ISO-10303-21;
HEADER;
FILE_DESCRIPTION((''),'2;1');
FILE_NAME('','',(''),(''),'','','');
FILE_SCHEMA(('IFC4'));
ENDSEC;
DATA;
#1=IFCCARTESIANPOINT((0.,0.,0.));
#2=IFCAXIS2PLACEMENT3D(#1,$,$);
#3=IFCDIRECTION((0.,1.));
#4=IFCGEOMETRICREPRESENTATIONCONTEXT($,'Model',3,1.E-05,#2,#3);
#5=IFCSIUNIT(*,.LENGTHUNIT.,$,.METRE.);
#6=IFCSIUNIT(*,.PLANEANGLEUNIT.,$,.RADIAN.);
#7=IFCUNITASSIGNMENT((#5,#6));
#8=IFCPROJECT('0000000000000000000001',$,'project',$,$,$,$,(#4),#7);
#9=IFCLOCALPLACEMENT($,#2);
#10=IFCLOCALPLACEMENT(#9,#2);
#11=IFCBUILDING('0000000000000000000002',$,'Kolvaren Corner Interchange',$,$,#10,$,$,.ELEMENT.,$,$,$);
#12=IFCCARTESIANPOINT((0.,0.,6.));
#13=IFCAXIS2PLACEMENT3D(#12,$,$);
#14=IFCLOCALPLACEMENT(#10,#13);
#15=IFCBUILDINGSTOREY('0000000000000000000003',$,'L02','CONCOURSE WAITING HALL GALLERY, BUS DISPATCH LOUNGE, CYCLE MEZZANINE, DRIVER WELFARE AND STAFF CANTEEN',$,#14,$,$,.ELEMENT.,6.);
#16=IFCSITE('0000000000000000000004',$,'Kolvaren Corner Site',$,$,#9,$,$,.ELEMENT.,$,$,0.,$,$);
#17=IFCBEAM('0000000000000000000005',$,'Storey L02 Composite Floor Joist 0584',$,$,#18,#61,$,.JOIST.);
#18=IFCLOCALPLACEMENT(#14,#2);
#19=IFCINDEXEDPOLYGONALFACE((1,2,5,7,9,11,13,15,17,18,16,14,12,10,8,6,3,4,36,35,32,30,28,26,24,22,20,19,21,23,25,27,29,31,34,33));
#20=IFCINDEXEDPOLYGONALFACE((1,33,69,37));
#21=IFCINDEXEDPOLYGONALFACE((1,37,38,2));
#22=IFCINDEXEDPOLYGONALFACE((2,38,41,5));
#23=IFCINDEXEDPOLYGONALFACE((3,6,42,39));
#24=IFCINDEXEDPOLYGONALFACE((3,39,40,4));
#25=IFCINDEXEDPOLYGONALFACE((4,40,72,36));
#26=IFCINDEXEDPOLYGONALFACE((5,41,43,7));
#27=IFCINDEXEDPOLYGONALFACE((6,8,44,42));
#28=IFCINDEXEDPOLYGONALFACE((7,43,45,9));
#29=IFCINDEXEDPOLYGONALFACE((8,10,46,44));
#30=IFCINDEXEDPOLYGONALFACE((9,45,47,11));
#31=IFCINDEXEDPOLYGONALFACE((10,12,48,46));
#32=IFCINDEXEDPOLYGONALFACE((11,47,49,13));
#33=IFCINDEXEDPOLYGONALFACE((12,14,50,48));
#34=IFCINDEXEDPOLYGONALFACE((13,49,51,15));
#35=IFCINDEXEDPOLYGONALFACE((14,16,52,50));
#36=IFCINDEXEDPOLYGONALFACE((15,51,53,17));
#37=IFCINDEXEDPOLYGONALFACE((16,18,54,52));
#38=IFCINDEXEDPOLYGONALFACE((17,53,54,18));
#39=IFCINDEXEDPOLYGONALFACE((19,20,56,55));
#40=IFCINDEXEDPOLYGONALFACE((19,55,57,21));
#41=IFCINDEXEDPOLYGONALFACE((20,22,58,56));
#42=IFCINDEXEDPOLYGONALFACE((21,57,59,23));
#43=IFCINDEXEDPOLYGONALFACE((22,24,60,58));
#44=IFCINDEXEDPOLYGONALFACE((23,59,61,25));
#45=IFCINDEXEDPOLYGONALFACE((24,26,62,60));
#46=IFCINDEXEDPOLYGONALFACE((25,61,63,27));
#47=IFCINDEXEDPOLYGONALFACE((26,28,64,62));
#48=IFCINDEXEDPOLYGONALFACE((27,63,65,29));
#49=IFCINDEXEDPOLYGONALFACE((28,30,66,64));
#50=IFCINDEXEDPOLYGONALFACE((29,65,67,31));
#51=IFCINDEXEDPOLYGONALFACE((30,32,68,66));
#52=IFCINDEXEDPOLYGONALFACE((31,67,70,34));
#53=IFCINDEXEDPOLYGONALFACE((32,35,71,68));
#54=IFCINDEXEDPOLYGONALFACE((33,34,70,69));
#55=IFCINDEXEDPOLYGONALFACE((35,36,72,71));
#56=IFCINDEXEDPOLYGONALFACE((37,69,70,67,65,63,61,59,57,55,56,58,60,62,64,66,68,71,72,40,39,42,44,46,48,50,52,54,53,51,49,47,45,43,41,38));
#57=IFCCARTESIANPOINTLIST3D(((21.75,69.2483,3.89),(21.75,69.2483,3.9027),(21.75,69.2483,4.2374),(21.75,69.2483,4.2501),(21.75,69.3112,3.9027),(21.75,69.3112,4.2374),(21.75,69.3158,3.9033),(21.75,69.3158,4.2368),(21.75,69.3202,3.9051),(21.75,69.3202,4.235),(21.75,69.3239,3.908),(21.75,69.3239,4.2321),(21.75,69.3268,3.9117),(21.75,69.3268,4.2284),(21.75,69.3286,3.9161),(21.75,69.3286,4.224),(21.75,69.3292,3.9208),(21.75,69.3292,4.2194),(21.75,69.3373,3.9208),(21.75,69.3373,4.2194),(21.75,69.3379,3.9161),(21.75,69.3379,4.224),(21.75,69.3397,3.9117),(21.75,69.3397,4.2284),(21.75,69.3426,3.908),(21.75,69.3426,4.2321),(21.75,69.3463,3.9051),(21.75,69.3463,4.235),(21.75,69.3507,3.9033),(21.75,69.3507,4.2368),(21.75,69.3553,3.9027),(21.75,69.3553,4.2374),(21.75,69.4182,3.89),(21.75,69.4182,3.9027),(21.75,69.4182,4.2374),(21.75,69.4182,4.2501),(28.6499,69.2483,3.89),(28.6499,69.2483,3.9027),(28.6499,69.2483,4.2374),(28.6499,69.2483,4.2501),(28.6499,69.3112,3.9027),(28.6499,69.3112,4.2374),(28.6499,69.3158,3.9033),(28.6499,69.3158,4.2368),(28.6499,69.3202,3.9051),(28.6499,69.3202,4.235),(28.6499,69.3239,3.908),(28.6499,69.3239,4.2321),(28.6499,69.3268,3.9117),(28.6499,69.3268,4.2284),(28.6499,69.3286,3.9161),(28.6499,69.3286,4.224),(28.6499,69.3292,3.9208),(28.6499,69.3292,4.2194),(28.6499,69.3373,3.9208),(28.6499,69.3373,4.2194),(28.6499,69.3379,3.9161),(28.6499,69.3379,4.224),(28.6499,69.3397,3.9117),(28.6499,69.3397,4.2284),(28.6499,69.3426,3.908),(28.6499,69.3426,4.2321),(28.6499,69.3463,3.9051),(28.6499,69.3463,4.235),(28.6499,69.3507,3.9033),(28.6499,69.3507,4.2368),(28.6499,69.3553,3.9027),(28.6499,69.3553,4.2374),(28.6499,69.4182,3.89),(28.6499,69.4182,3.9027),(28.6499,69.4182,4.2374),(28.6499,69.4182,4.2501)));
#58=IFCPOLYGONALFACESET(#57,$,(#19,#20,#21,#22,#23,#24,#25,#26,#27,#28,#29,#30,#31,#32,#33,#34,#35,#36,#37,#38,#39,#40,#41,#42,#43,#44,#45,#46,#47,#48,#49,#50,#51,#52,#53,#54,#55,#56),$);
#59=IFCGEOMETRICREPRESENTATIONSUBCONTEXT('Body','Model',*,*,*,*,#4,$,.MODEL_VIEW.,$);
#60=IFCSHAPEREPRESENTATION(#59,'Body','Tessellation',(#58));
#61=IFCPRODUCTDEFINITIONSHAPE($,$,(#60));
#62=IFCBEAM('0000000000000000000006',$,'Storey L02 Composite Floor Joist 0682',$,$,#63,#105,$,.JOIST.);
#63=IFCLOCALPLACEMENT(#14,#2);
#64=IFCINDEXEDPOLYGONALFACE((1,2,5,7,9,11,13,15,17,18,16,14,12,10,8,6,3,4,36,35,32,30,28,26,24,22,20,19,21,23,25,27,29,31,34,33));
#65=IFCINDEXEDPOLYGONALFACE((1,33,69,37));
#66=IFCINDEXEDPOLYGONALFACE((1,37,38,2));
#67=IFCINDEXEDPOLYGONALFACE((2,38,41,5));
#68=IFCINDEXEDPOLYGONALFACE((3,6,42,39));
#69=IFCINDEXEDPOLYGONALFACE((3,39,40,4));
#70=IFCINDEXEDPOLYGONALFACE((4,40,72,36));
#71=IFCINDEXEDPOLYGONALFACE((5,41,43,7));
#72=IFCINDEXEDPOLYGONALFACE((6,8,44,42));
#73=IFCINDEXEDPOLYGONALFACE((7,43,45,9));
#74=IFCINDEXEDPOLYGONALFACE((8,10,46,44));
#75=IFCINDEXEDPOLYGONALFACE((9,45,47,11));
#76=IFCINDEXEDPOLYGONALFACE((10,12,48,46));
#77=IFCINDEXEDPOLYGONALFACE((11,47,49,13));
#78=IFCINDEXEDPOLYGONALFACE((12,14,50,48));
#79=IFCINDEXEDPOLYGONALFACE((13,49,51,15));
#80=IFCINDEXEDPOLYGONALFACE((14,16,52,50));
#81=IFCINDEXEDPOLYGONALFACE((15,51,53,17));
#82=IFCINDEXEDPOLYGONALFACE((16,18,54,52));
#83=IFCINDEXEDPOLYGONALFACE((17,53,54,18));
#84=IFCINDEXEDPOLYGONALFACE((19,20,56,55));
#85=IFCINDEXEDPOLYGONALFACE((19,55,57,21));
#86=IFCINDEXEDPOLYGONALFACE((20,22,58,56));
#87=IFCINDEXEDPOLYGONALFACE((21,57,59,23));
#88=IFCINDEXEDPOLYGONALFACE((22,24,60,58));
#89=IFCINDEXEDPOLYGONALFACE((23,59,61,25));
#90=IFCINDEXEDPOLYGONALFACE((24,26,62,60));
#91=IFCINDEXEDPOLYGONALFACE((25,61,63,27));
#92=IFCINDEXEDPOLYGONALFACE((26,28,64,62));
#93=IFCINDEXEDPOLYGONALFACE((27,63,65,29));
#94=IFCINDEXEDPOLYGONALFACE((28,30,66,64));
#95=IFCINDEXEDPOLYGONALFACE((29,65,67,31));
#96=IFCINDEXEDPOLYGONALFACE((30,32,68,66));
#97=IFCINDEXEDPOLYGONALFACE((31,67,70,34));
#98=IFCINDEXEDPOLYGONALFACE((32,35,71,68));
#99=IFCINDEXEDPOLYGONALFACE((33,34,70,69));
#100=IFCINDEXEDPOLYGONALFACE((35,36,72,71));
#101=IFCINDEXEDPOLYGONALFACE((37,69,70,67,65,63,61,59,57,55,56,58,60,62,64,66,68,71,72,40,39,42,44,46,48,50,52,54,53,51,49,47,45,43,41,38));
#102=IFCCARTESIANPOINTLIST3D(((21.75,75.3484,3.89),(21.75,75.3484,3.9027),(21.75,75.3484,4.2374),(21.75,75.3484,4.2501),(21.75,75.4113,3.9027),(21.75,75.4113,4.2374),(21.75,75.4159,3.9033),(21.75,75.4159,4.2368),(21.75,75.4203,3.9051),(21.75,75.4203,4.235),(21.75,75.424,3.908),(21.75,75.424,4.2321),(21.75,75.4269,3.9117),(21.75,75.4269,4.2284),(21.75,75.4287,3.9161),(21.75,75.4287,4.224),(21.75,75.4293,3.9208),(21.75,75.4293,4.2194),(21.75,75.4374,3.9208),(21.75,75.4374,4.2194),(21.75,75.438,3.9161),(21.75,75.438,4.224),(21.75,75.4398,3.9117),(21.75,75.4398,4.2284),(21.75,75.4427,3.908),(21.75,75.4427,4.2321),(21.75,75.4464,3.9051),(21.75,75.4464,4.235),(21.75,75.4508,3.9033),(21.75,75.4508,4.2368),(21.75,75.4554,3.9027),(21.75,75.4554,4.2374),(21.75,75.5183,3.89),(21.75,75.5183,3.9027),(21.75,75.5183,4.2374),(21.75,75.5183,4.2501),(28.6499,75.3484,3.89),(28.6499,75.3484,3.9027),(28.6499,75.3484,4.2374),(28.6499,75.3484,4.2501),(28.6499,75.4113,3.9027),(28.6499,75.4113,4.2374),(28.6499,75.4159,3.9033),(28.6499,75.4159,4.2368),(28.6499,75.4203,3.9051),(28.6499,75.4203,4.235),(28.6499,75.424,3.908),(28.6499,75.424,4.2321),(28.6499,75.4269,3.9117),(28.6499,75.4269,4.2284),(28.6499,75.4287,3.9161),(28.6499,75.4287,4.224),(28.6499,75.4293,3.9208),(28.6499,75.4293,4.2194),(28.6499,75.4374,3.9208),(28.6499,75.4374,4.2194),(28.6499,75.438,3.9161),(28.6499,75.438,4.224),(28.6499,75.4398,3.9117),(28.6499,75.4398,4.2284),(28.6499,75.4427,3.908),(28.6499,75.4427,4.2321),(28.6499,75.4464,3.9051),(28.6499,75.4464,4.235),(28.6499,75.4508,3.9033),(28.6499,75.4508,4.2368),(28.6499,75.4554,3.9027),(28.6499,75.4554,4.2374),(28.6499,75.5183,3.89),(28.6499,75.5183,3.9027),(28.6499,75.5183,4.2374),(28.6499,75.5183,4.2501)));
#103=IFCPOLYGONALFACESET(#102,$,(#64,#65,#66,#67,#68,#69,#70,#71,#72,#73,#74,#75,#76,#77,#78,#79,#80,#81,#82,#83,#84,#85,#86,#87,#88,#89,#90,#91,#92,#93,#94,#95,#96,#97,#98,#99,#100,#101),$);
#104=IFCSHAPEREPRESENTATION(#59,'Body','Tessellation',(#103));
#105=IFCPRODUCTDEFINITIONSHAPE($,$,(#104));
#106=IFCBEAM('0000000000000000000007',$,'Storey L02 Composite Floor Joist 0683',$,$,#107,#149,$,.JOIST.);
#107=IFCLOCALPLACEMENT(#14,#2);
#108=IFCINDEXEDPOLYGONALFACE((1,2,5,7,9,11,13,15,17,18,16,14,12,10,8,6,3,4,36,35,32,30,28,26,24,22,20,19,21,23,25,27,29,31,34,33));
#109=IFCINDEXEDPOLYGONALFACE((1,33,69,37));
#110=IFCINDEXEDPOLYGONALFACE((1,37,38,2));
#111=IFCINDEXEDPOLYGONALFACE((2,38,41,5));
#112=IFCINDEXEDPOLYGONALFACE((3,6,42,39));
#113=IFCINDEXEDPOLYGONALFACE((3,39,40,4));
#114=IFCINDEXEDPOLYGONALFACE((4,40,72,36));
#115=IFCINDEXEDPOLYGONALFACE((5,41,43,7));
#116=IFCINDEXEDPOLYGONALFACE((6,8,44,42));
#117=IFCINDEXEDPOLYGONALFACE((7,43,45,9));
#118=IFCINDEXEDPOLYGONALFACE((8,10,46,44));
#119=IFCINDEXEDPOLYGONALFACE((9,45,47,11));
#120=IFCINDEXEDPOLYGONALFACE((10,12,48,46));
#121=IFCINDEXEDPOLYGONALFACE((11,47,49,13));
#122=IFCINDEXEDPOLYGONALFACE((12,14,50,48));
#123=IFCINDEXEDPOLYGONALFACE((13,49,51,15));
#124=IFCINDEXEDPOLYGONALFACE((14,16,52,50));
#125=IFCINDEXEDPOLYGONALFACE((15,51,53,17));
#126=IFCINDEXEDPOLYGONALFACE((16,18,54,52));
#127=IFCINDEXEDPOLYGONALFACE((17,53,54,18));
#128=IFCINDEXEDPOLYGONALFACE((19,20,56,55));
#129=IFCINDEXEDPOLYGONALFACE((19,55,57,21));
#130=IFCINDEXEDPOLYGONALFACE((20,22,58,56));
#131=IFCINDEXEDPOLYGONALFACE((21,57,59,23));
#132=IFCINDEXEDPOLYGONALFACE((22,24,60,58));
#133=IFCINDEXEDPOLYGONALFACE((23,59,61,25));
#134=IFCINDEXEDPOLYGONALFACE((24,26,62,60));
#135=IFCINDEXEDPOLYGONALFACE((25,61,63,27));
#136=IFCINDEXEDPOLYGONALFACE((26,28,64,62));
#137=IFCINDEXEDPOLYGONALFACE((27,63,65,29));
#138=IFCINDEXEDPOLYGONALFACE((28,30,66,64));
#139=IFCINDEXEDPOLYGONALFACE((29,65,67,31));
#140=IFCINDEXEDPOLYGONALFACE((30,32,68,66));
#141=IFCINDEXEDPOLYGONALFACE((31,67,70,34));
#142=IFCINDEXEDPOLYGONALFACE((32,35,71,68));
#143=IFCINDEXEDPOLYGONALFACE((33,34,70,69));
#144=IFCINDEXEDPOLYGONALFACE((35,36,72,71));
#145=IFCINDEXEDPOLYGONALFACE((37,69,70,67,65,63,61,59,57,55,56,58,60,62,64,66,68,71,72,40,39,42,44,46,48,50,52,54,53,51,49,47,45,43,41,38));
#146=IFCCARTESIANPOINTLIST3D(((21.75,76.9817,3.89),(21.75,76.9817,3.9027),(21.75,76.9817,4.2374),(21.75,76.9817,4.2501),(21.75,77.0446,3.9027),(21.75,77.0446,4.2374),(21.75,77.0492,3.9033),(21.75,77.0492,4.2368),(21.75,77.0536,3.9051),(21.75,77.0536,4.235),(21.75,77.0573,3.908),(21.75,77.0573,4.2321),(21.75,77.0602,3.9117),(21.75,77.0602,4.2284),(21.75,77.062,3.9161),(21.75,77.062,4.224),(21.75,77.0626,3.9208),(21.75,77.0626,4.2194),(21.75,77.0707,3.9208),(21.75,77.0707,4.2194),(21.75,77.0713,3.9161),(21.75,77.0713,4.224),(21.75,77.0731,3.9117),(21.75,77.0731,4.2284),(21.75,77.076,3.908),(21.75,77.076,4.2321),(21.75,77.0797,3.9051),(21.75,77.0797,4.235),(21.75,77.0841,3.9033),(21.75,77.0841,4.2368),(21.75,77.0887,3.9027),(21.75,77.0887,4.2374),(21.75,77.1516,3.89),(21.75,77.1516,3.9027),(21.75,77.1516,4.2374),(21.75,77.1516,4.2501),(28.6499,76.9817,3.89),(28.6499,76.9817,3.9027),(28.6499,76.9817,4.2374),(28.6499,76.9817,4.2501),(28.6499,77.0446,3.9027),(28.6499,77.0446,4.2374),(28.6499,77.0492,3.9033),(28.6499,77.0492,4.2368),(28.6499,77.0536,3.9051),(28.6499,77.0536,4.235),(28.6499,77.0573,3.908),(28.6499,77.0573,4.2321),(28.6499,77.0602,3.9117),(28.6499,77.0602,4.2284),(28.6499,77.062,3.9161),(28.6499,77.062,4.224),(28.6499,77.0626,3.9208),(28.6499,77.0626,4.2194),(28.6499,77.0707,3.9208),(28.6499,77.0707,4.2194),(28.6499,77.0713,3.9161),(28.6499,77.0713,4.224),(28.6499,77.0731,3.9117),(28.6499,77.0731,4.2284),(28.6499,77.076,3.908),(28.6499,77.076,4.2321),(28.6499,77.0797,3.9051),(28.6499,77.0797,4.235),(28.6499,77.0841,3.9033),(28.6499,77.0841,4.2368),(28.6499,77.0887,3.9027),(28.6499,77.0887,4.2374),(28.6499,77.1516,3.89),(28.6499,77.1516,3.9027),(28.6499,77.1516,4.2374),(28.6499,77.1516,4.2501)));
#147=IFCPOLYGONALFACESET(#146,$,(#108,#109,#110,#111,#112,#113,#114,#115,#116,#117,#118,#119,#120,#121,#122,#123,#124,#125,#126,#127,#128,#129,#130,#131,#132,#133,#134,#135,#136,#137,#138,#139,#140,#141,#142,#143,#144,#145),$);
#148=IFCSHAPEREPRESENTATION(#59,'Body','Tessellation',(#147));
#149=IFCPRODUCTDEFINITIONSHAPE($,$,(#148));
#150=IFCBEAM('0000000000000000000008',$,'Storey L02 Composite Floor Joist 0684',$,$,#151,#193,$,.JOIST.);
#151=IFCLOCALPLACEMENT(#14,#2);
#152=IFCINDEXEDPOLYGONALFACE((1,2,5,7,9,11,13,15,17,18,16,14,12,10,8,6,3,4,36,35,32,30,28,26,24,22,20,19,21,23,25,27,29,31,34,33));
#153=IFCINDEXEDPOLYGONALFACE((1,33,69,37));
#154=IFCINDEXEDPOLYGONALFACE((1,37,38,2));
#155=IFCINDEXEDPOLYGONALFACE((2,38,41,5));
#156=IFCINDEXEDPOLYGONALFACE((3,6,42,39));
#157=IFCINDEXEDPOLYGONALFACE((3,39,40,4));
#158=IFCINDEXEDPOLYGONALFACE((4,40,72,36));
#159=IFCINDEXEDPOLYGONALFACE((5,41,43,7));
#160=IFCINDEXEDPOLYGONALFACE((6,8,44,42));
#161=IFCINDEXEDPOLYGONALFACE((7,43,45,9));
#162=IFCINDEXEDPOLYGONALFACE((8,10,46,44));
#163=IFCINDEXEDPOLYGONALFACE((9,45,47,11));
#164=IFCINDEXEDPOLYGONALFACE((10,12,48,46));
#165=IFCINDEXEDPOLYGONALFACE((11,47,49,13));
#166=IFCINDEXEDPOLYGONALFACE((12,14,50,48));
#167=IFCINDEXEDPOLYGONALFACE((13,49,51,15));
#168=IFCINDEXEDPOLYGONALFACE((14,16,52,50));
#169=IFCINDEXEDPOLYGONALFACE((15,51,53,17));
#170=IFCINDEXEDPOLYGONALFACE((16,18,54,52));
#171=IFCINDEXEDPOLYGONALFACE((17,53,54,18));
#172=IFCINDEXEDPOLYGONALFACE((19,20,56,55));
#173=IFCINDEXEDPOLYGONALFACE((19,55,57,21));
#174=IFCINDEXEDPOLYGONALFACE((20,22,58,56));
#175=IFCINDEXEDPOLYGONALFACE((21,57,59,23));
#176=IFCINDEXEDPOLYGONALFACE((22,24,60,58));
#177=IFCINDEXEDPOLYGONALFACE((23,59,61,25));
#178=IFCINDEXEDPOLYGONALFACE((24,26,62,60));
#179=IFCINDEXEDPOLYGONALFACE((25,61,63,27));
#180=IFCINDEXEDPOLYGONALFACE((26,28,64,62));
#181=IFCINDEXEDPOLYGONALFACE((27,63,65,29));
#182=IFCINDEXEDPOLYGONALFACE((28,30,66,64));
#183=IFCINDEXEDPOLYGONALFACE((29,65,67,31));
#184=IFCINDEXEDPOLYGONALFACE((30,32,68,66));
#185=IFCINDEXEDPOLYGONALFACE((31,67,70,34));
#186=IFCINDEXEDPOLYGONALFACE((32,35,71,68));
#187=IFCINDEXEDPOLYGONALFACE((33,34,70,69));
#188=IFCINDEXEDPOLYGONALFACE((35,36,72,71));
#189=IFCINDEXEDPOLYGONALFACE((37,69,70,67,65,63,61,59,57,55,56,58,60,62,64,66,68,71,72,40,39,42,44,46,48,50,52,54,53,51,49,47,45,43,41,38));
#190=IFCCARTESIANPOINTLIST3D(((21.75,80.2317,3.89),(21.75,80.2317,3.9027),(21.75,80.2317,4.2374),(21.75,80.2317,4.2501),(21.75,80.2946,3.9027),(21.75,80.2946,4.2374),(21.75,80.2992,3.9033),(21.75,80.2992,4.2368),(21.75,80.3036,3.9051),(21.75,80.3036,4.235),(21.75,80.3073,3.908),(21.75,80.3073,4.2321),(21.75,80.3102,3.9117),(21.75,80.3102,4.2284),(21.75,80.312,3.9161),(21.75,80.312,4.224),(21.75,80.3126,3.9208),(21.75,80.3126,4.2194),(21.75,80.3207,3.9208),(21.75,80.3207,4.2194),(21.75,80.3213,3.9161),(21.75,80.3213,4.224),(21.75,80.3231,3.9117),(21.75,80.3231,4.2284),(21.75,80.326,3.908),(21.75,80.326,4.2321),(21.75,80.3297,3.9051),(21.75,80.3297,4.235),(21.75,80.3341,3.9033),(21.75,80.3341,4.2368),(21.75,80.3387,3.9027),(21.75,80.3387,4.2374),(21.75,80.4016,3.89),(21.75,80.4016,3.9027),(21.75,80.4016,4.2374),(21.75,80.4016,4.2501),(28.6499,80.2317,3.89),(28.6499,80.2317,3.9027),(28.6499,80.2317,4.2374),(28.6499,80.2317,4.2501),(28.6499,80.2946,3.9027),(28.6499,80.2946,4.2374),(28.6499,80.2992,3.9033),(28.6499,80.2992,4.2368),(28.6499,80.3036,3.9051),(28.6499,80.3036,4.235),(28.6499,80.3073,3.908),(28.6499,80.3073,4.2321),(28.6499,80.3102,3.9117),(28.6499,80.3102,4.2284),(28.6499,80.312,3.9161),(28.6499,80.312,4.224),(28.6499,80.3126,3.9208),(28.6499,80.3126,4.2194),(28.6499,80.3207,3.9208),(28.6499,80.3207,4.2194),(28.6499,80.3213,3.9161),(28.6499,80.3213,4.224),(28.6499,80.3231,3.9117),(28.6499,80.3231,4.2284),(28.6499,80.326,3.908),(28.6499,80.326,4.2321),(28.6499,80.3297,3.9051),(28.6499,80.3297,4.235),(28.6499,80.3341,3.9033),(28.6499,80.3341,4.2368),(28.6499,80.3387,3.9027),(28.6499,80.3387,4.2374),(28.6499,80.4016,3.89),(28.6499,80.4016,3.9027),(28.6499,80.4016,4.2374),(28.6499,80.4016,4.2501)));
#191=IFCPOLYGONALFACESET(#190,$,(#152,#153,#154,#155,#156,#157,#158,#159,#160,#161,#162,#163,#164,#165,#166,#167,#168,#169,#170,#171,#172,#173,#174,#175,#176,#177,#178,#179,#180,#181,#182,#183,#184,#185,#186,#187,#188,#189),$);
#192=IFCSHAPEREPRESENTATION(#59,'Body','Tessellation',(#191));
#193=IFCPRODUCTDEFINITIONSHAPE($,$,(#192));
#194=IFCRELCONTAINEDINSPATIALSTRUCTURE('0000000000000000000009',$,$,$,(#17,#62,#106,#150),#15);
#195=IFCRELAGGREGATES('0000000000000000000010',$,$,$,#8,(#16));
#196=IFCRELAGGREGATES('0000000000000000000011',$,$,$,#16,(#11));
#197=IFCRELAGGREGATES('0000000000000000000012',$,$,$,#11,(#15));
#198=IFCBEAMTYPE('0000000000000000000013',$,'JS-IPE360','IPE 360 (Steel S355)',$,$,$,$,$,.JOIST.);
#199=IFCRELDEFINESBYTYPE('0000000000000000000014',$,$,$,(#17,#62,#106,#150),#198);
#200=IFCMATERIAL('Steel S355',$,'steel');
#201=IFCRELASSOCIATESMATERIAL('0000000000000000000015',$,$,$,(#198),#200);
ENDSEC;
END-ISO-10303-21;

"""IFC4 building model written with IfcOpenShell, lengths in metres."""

from ifc_helpers import new_model, si_unit, direction, frame, origin, origin_2d, place, context, subcontext, project, spatial, i_section, extrude, material, material_profile, profile_set, type_object, element, save


model = new_model("IFC4")

# Units and contexts
model_context = context("Model", 3, precision=1e-05, world=origin(), true_north=direction((0.0, 1.0)))
body_context = subcontext(model_context, "Body", "Model", "MODEL_VIEW")
ifc_project = project(units=[si_unit("LENGTHUNIT", "METRE"), si_unit("PLANEANGLEUNIT", "RADIAN")], contexts=[model_context])

# Site, building, storey
site_placement = place(None, origin())
site = spatial("IfcSite", under=ifc_project, at=site_placement, Name="Kolvaren Corner Site", CompositionType="ELEMENT", RefElevation=0.0)
building_placement = place(site_placement, origin())
building = spatial("IfcBuilding", under=site, at=building_placement, Name="Kolvaren Corner Interchange", CompositionType="ELEMENT")
storey_placement = place(building_placement, frame((0.0, 0.0, 6.0)))
storey = spatial("IfcBuildingStorey", under=building, at=storey_placement, Name="L02", Description="CONCOURSE WAITING HALL GALLERY, BUS DISPATCH LOUNGE, CYCLE MEZZANINE, DRIVER WELFARE AND STAFF CANTEEN", CompositionType="ELEMENT", Elevation=6.0)

# Beams
ifc_material_1 = material(Name="Steel S355", Category="steel")
ifc_material_profile_1 = material_profile(ifc_material_1, i_section(OverallWidth=0.1699, OverallDepth=0.3601, WebThickness=0.0081, FlangeThickness=0.0127, FilletRadius=0.0181, at=origin_2d()), Name="IPE 360")
ifc_profile_set_1 = profile_set([ifc_material_profile_1], Name="Steel S355")
beam_type = type_object("IfcBeamType", Name="JS-IPE360", Description="IPE 360 (Steel S355)", PredefinedType="JOIST", material=ifc_profile_set_1)
for number, where, z_axis, x_axis, name in (
    (1, (21.75, 69.3333, 4.0701), (1.0, 0.0, 0.0), (0.0, 1.0, 0.0), "Storey L02 Composite Floor Joist 0584"),
    (2, (21.75, 75.4333, 4.0701), (1.0, 0.0, 0.0), (0.0, 1.0, 0.0), "Storey L02 Composite Floor Joist 0682"),
    (3, (21.75, 77.0667, 4.0701), (1.0, 0.0, 0.0), (0.0, 1.0, 0.0), "Storey L02 Composite Floor Joist 0683"),
    (4, (21.75, 80.3167, 4.0701), (1.0, 0.0, 0.0), (0.0, 1.0, 0.0), "Storey L02 Composite Floor Joist 0684"),
):
    element("IfcBeam", number, at=place(storey_placement, frame(where, z_axis=z_axis, x_axis=x_axis)), inside=storey, type_object=beam_type, Name=name, PredefinedType="JOIST", context=body_context, shape_type="SweptSolid", body=[
        extrude(i_section(OverallWidth=0.1699, OverallDepth=0.3601, WebThickness=0.0081, FlangeThickness=0.0127, FilletRadius=0.0181, at=origin_2d()), origin(), (0.0, 0.0, 1.0), 6.8999),
    ])

save(model, "model.ifc")
